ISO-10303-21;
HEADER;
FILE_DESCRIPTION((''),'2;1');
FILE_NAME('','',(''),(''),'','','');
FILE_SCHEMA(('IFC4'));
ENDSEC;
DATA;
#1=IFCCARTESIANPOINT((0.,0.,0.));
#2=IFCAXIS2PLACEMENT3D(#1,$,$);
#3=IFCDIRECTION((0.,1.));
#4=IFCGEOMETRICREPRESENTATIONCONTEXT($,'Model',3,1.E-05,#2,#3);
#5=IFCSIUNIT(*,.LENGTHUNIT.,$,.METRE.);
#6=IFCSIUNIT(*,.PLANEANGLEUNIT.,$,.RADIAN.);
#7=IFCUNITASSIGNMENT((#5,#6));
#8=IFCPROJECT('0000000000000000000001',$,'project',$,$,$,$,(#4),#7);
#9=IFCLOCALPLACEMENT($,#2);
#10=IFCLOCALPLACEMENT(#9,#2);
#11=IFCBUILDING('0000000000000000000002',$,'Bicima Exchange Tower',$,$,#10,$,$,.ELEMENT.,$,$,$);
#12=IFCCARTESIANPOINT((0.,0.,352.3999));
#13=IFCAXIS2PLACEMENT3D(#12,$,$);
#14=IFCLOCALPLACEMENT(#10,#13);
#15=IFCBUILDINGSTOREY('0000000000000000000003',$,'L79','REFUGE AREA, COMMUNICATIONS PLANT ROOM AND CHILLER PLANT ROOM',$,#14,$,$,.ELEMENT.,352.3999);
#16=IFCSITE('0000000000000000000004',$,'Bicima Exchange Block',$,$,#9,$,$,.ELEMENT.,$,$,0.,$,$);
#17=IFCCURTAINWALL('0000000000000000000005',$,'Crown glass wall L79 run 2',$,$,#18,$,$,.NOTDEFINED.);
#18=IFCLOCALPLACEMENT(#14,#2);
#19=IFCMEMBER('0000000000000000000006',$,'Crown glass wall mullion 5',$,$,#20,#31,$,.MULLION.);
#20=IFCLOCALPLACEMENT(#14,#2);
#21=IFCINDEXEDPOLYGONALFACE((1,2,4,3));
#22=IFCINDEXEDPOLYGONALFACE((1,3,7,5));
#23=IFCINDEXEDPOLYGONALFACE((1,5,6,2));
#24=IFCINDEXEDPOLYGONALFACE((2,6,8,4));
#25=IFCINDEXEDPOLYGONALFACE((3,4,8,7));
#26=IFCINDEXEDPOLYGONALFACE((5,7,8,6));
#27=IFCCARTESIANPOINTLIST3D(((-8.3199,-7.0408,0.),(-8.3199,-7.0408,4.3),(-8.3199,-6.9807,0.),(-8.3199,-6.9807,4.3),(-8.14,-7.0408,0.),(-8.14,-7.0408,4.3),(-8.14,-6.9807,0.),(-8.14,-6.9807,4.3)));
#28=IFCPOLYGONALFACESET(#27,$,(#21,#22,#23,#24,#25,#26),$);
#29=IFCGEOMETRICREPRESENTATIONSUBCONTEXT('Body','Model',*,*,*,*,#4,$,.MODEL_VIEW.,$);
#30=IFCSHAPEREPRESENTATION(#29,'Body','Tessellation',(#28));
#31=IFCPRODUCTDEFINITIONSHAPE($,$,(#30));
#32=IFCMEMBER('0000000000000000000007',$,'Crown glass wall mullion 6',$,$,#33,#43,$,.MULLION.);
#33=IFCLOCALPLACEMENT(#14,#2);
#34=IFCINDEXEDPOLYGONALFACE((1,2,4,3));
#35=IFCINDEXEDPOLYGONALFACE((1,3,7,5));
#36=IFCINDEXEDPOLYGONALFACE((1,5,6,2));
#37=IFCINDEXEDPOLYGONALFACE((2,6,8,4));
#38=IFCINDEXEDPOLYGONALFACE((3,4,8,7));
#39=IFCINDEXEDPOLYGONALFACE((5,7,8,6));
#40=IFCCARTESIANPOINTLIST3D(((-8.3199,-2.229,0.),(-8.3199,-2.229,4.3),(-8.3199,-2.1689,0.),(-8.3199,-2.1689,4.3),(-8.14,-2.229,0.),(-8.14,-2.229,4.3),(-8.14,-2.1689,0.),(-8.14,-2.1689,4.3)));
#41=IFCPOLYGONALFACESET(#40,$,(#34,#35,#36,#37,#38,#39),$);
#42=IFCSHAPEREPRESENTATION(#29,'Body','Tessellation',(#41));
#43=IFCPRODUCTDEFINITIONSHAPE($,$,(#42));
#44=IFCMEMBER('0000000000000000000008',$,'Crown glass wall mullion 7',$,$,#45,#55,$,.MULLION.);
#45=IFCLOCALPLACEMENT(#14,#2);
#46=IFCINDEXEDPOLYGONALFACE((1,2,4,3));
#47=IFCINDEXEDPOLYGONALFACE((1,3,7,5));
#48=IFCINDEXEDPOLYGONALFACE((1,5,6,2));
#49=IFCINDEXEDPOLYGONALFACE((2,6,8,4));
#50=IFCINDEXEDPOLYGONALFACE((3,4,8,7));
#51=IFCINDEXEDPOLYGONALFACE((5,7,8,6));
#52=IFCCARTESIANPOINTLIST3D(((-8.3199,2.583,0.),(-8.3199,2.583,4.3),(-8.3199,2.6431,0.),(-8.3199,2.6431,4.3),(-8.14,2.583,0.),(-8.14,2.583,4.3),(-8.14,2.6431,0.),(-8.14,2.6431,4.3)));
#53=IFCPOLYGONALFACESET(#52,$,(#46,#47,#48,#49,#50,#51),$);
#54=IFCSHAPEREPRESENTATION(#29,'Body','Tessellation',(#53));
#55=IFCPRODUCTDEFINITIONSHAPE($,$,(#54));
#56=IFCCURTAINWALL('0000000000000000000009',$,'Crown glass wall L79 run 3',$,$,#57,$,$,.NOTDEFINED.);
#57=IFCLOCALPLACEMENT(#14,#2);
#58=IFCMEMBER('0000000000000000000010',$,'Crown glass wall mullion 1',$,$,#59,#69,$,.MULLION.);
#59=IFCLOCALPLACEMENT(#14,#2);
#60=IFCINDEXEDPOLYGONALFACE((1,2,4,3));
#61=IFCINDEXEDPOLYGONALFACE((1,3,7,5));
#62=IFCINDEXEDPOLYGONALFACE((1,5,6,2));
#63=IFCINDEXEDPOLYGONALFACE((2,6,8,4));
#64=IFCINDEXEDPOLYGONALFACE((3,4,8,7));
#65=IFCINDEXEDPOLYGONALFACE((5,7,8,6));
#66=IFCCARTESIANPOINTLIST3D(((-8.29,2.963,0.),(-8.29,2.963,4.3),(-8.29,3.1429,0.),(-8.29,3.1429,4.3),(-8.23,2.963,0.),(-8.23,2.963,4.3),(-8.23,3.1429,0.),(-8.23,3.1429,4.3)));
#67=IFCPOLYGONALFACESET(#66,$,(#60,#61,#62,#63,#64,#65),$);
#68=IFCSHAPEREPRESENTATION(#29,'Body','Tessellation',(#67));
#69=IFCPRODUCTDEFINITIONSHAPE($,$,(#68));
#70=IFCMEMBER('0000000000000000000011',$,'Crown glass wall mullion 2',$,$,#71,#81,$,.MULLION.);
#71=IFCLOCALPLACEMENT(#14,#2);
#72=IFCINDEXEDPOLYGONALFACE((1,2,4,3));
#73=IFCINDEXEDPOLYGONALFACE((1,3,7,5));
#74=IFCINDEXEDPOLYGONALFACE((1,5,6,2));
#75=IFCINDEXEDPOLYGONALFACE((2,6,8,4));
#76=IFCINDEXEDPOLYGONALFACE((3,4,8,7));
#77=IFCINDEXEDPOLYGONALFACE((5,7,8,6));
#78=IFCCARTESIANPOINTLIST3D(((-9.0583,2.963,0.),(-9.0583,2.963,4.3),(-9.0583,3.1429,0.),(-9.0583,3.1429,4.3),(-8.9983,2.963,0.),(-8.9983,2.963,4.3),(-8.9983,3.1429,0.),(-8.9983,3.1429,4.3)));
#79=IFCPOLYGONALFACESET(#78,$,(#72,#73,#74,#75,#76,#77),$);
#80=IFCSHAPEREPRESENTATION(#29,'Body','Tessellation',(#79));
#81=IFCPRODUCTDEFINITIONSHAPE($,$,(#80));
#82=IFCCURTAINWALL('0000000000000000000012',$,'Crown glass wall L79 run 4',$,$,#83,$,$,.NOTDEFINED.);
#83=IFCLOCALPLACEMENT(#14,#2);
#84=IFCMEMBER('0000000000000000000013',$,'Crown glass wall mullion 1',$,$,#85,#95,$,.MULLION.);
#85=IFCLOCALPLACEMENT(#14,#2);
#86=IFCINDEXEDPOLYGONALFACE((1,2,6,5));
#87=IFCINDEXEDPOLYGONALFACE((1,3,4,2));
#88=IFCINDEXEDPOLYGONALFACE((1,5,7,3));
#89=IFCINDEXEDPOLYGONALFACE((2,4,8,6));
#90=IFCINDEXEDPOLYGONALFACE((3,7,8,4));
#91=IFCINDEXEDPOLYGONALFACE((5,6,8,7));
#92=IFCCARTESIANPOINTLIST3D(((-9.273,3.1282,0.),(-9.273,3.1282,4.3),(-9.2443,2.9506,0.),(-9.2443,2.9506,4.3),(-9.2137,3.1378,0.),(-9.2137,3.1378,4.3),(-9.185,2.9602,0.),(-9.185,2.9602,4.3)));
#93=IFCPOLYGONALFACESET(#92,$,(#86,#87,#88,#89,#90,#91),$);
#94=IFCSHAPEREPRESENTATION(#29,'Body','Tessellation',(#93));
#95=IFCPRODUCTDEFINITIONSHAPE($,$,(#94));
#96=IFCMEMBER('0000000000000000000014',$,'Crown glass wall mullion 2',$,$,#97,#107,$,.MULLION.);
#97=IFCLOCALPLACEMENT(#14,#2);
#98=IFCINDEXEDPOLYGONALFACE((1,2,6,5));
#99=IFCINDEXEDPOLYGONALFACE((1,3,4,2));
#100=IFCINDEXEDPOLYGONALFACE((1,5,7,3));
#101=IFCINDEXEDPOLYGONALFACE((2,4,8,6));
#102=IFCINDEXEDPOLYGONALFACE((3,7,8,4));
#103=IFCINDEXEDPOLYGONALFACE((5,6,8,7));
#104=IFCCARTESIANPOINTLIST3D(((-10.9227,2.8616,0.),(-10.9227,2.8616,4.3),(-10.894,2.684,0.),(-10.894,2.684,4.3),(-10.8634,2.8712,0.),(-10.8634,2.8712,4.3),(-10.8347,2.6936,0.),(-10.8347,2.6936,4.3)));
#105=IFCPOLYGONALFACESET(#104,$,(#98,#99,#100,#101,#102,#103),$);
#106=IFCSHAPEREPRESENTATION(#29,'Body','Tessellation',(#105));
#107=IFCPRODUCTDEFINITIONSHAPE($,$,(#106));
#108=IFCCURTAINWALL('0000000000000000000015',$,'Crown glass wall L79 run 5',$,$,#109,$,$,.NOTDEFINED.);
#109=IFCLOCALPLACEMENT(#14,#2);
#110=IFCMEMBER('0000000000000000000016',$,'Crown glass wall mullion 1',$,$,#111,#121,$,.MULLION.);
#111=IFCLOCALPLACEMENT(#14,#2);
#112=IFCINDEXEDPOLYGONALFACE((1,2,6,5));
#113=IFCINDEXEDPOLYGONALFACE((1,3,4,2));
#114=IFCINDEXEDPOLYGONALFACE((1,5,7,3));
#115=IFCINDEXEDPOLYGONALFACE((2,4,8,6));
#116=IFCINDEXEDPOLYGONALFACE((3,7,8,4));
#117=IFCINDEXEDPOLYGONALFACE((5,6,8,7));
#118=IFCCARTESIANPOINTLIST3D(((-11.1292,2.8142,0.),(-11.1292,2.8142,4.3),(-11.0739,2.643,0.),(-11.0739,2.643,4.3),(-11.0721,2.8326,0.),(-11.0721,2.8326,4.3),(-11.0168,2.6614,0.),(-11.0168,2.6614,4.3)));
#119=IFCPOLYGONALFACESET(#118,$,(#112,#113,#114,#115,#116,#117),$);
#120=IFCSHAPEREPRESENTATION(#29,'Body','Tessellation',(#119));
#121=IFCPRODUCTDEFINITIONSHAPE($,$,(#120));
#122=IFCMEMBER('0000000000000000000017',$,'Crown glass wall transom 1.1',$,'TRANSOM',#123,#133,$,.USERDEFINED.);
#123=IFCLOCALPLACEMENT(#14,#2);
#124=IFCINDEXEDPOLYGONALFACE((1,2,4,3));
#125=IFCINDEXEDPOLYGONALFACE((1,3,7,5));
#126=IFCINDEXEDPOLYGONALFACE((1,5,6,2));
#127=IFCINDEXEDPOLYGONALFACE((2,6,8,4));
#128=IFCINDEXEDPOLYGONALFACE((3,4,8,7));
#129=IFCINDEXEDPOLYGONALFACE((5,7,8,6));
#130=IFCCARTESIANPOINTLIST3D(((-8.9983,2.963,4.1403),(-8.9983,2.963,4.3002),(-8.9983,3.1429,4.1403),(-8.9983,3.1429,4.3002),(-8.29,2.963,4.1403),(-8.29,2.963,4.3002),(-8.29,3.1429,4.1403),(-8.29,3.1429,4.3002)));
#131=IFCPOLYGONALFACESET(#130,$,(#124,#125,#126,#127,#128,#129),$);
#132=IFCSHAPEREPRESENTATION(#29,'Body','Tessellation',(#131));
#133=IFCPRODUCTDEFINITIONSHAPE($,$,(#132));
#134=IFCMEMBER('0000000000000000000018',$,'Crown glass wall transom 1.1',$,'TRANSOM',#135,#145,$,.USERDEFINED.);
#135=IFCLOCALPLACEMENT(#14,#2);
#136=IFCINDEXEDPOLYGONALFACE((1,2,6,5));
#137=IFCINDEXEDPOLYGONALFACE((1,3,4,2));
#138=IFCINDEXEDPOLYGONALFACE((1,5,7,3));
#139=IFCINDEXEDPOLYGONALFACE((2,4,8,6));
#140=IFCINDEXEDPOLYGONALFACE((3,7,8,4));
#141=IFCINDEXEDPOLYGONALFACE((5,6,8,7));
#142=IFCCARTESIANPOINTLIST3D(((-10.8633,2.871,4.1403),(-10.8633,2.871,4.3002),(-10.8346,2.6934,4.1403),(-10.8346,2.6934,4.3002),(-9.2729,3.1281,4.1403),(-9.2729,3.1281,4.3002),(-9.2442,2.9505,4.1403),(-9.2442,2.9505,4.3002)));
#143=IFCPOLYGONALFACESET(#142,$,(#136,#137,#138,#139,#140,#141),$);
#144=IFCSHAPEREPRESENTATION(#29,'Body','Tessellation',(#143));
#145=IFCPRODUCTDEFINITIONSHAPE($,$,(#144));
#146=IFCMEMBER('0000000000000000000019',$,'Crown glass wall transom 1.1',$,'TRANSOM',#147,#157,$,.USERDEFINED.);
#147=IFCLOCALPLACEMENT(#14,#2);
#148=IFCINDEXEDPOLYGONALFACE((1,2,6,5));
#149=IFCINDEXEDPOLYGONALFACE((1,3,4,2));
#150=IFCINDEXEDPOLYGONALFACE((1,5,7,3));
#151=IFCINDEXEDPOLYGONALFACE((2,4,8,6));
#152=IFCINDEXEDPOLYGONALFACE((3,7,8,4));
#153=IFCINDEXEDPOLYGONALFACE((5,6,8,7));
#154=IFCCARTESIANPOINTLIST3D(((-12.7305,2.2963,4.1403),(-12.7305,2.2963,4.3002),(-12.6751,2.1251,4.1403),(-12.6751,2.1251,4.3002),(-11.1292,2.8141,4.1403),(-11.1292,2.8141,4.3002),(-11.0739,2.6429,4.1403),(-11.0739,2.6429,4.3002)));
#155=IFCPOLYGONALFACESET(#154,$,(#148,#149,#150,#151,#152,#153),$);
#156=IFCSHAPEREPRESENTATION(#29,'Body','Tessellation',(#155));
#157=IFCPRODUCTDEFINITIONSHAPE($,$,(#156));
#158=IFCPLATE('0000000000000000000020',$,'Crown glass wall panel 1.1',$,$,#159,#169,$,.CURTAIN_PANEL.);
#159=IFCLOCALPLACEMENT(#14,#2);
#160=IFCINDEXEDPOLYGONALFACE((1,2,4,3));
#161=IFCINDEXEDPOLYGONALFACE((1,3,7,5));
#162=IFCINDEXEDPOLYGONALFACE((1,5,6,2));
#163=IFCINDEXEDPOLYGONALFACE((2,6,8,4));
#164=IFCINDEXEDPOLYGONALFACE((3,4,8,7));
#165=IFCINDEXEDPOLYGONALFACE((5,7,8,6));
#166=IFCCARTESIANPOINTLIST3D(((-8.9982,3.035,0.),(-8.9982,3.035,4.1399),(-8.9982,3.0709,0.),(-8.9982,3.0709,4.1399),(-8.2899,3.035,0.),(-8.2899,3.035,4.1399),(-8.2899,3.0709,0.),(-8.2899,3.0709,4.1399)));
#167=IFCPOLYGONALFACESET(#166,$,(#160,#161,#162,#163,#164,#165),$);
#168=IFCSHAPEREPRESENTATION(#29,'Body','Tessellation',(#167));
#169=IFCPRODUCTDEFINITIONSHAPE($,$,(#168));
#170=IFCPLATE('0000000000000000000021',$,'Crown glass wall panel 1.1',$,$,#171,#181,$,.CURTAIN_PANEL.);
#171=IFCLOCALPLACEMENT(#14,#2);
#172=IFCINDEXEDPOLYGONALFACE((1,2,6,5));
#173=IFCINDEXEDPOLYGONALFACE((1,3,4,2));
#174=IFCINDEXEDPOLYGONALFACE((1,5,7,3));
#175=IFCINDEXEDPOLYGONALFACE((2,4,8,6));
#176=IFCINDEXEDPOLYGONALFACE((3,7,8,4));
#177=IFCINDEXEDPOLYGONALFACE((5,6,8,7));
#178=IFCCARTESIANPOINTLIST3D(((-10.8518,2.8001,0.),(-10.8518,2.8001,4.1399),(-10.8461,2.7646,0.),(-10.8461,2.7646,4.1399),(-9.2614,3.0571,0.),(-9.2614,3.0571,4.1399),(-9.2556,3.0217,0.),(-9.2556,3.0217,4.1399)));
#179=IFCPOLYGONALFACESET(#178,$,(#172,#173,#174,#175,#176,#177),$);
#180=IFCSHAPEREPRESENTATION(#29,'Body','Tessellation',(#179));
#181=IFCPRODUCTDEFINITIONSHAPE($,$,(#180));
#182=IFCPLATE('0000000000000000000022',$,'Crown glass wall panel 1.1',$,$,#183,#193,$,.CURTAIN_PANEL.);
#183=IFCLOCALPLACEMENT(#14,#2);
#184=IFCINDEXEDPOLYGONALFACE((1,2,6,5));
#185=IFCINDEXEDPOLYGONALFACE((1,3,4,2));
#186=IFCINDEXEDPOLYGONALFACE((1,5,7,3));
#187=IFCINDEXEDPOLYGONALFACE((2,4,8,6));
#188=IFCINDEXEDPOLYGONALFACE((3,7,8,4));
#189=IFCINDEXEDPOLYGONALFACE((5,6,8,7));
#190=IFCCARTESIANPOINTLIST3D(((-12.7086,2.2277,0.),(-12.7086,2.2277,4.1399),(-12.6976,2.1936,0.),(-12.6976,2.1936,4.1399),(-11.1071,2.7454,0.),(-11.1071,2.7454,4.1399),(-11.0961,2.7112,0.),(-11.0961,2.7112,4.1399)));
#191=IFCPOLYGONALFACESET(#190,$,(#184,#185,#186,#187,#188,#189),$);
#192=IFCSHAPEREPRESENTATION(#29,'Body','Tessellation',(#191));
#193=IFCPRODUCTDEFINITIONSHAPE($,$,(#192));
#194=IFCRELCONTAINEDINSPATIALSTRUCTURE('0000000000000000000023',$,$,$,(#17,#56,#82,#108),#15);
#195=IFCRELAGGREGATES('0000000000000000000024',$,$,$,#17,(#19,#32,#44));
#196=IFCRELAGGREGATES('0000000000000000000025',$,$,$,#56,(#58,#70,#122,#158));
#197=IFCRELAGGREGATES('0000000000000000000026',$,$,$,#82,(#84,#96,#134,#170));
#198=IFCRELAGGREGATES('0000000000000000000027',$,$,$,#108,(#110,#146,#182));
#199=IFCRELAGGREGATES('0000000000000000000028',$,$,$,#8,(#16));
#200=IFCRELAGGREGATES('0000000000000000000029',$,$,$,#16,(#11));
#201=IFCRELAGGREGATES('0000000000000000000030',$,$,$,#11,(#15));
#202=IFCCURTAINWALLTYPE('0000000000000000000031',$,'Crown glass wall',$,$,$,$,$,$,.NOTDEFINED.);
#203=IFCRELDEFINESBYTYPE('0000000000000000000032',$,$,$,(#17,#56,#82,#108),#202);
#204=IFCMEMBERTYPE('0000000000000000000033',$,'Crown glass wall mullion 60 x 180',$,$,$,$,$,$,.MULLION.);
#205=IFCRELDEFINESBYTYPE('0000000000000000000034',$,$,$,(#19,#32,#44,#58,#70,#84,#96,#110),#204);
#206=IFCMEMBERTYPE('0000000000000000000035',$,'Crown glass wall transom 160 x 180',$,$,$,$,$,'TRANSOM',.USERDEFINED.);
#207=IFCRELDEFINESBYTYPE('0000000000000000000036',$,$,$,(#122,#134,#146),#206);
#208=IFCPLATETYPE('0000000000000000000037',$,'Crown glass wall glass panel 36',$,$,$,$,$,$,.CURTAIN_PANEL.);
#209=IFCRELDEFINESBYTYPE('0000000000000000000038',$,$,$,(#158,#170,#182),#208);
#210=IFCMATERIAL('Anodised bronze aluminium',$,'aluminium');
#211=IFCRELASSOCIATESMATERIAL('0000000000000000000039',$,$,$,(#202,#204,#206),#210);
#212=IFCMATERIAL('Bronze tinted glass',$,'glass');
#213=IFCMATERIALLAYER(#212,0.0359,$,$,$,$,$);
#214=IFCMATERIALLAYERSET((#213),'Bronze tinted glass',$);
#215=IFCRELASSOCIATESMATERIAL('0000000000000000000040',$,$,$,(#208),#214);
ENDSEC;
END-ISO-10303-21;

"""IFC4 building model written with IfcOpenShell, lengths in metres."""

from ifc_helpers import new_model, si_unit, direction, frame, origin, origin_2d, place, context, subcontext, project, spatial, rectangle, extrude, material, layer, layer_set, material_profile, profile_set, type_object, element, aggregate, save


model = new_model("IFC4")

# Units and contexts
model_context = context("Model", 3, precision=1e-05, world=origin(), true_north=direction((0.0, 1.0)))
body_context = subcontext(model_context, "Body", "Model", "MODEL_VIEW")
ifc_project = project(units=[si_unit("LENGTHUNIT", "METRE"), si_unit("PLANEANGLEUNIT", "RADIAN")], contexts=[model_context])

# Site, building, storey
site_placement = place(None, origin())
site = spatial("IfcSite", under=ifc_project, at=site_placement, Name="Bicima Exchange Block", CompositionType="ELEMENT", RefElevation=0.0)
building_placement = place(site_placement, origin())
building = spatial("IfcBuilding", under=site, at=building_placement, Name="Bicima Exchange Tower", CompositionType="ELEMENT")
storey_placement = place(building_placement, frame((0.0, 0.0, 352.3999)))
storey = spatial("IfcBuildingStorey", under=building, at=storey_placement, Name="L79", Description="REFUGE AREA, COMMUNICATIONS PLANT ROOM AND CHILLER PLANT ROOM", CompositionType="ELEMENT", Elevation=352.3999)

# Curtain walls, members
ifc_material_1 = material(Name="Anodised bronze aluminium", Category="aluminium")
curtain_wall_type = type_object("IfcCurtainWallType", Name="Crown glass wall", PredefinedType="NOTDEFINED", material=ifc_material_1)
curtain_wall_1_placement = place(storey_placement, origin())
curtain_wall_1 = element("IfcCurtainWall", 1, at=curtain_wall_1_placement, inside=storey, type_object=curtain_wall_type, Name="Crown glass wall L79 run 2", PredefinedType="NOTDEFINED")
ifc_material_profile_1 = material_profile(ifc_material_1, rectangle(XDim=0.1799, YDim=0.0601, at=origin_2d()))
ifc_profile_set_1 = profile_set([ifc_material_profile_1], Name="Anodised bronze aluminium")
member_type_1 = type_object("IfcMemberType", Name="Crown glass wall mullion 60 x 180", PredefinedType="MULLION", material=ifc_profile_set_1)
member_1_placement = place(storey_placement, frame((-8.23, -7.0107, 0.0), z_axis=(0.0, 0.0, 1.0), x_axis=(-1.0, 0.0, 0.0)))
member_1 = element("IfcMember", 2, at=member_1_placement, type_object=member_type_1, Name="Crown glass wall mullion 5", PredefinedType="MULLION", context=body_context, shape_type="SweptSolid", body=[
    extrude(rectangle(XDim=0.1799, YDim=0.0601, at=origin_2d()), origin(), (0.0, 0.0, 1.0), 4.3),
])
member_2_placement = place(storey_placement, frame((-8.23, -2.199, 0.0), z_axis=(0.0, 0.0, 1.0), x_axis=(-1.0, 0.0, 0.0)))
member_2 = element("IfcMember", 3, at=member_2_placement, type_object=member_type_1, Name="Crown glass wall mullion 6", PredefinedType="MULLION", context=body_context, shape_type="SweptSolid", body=[
    extrude(rectangle(XDim=0.1799, YDim=0.0601, at=origin_2d()), origin(), (0.0, 0.0, 1.0), 4.3),
])
member_3_placement = place(storey_placement, frame((-8.23, 2.613, 0.0), z_axis=(0.0, 0.0, 1.0), x_axis=(-1.0, 0.0, 0.0)))
member_3 = element("IfcMember", 4, at=member_3_placement, type_object=member_type_1, Name="Crown glass wall mullion 7", PredefinedType="MULLION", context=body_context, shape_type="SweptSolid", body=[
    extrude(rectangle(XDim=0.1799, YDim=0.0601, at=origin_2d()), origin(), (0.0, 0.0, 1.0), 4.3),
])
aggregate(curtain_wall_1, [member_1, member_2, member_3])
curtain_wall_2_placement = place(storey_placement, origin())
curtain_wall_2 = element("IfcCurtainWall", 5, at=curtain_wall_2_placement, inside=storey, type_object=curtain_wall_type, Name="Crown glass wall L79 run 3", PredefinedType="NOTDEFINED")
member_4_placement = place(storey_placement, frame((-8.26, 3.053, 0.0), z_axis=(0.0, 0.0, 1.0), x_axis=(0.0, -1.0, 0.0)))
member_4 = element("IfcMember", 6, at=member_4_placement, type_object=member_type_1, Name="Crown glass wall mullion 1", PredefinedType="MULLION", context=body_context, shape_type="SweptSolid", body=[
    extrude(rectangle(XDim=0.1799, YDim=0.0601, at=origin_2d()), origin(), (0.0, 0.0, 1.0), 4.3),
])
member_5_placement = place(storey_placement, frame((-9.0283, 3.053, 0.0), z_axis=(0.0, 0.0, 1.0), x_axis=(0.0, -1.0, 0.0)))
member_5 = element("IfcMember", 7, at=member_5_placement, type_object=member_type_1, Name="Crown glass wall mullion 2", PredefinedType="MULLION", context=body_context, shape_type="SweptSolid", body=[
    extrude(rectangle(XDim=0.1799, YDim=0.0601, at=origin_2d()), origin(), (0.0, 0.0, 1.0), 4.3),
])
curtain_wall_3_placement = place(storey_placement, origin())
curtain_wall_3 = element("IfcCurtainWall", 8, at=curtain_wall_3_placement, inside=storey, type_object=curtain_wall_type, Name="Crown glass wall L79 run 4", PredefinedType="NOTDEFINED")
member_6_placement = place(storey_placement, frame((-9.229, 3.0442, 0.0), z_axis=(0.0, 0.0, 1.0), x_axis=(0.15955, -0.98719, 0.0)))
member_6 = element("IfcMember", 9, at=member_6_placement, type_object=member_type_1, Name="Crown glass wall mullion 1", PredefinedType="MULLION", context=body_context, shape_type="SweptSolid", body=[
    extrude(rectangle(XDim=0.1799, YDim=0.0601, at=origin_2d()), origin(), (0.0, 0.0, 1.0), 4.3),
])
member_7_placement = place(storey_placement, frame((-10.8787, 2.7776, 0.0), z_axis=(0.0, 0.0, 1.0), x_axis=(0.15955, -0.98719, 0.0)))
member_7 = element("IfcMember", 10, at=member_7_placement, type_object=member_type_1, Name="Crown glass wall mullion 2", PredefinedType="MULLION", context=body_context, shape_type="SweptSolid", body=[
    extrude(rectangle(XDim=0.1799, YDim=0.0601, at=origin_2d()), origin(), (0.0, 0.0, 1.0), 4.3),
])

# Curtain wall, member
curtain_wall_4_placement = place(storey_placement, origin())
curtain_wall_4 = element("IfcCurtainWall", 11, at=curtain_wall_4_placement, inside=storey, type_object=curtain_wall_type, Name="Crown glass wall L79 run 5", PredefinedType="NOTDEFINED")
member_8_placement = place(storey_placement, frame((-11.073, 2.7378, 0.0), z_axis=(0.0, 0.0, 1.0), x_axis=(0.307573, -0.951525, 0.0)))
member_8 = element("IfcMember", 12, at=member_8_placement, type_object=member_type_1, Name="Crown glass wall mullion 1", PredefinedType="MULLION", context=body_context, shape_type="SweptSolid", body=[
    extrude(rectangle(XDim=0.1799, YDim=0.0601, at=origin_2d()), origin(), (0.0, 0.0, 1.0), 4.3),
])

# Members
ifc_material_profile_2 = material_profile(ifc_material_1, rectangle(XDim=0.1799, YDim=0.1599, at=origin_2d()))
ifc_profile_set_2 = profile_set([ifc_material_profile_2], Name="Anodised bronze aluminium")
member_type_2 = type_object("IfcMemberType", Name="Crown glass wall transom 160 x 180", ElementType="TRANSOM", PredefinedType="USERDEFINED", material=ifc_profile_set_2)
member_9_placement = place(storey_placement, frame((-8.29, 3.053, 4.2202), z_axis=(-1.0, 0.0, 0.0), x_axis=(0.0, -1.0, 0.0)))
member_9 = element("IfcMember", 13, at=member_9_placement, type_object=member_type_2, Name="Crown glass wall transom 1.1", ObjectType="TRANSOM", PredefinedType="USERDEFINED", context=body_context, shape_type="SweptSolid", body=[
    extrude(rectangle(XDim=0.1799, YDim=0.1599, at=origin_2d()), origin(), (0.0, 0.0, 1.0), 0.7083),
])
member_10_placement = place(storey_placement, frame((-9.2585, 3.0393, 4.2202), z_axis=(-0.987185, -0.15958, 0.0), x_axis=(0.15958, -0.987185, 0.0)))
member_10 = element("IfcMember", 14, at=member_10_placement, type_object=member_type_2, Name="Crown glass wall transom 1.1", ObjectType="TRANSOM", PredefinedType="USERDEFINED", context=body_context, shape_type="SweptSolid", body=[
    extrude(rectangle(XDim=0.1799, YDim=0.1599, at=origin_2d()), origin(), (0.0, 0.0, 1.0), 1.6111),
])
member_11_placement = place(storey_placement, frame((-11.1016, 2.7285, 4.2202), z_axis=(-0.951488, -0.307685, 0.0), x_axis=(0.307685, -0.951488, 0.0)))
member_11 = element("IfcMember", 15, at=member_11_placement, type_object=member_type_2, Name="Crown glass wall transom 1.1", ObjectType="TRANSOM", PredefinedType="USERDEFINED", context=body_context, shape_type="SweptSolid", body=[
    extrude(rectangle(XDim=0.1799, YDim=0.1599, at=origin_2d()), origin(), (0.0, 0.0, 1.0), 1.6829),
])

# Plates
ifc_material_2 = material(Name="Bronze tinted glass", Category="glass")
ifc_layer_1 = layer(ifc_material_2, 0.0359)
ifc_layer_set_1 = layer_set([ifc_layer_1], Name="Bronze tinted glass")
plate_type = type_object("IfcPlateType", Name="Crown glass wall glass panel 36", PredefinedType="CURTAIN_PANEL", material=ifc_layer_set_1)
plate_1_placement = place(storey_placement, frame((-8.644, 3.053, 0.0), z_axis=(0.0, 0.0, 1.0), x_axis=(-1.0, 0.0, 0.0)))
plate_1 = element("IfcPlate", 16, at=plate_1_placement, type_object=plate_type, Name="Crown glass wall panel 1.1", PredefinedType="CURTAIN_PANEL", context=body_context, shape_type="SweptSolid", body=[
    extrude(rectangle(XDim=0.7083, YDim=0.0359, at=origin_2d()), origin(), (0.0, 0.0, 1.0), 4.1399),
])
aggregate(curtain_wall_2, [member_4, member_5, member_9, plate_1])
plate_2_placement = place(storey_placement, frame((-10.0537, 2.9109, 0.0), z_axis=(0.0, 0.0, 1.0), x_axis=(-0.98719, -0.15955, 0.0)))
plate_2 = element("IfcPlate", 17, at=plate_2_placement, type_object=plate_type, Name="Crown glass wall panel 1.1", PredefinedType="CURTAIN_PANEL", context=body_context, shape_type="SweptSolid", body=[
    extrude(rectangle(XDim=1.6111, YDim=0.0359, at=origin_2d()), origin(), (0.0, 0.0, 1.0), 4.1399),
])
aggregate(curtain_wall_3, [member_6, member_7, member_10, plate_2])
plate_3_placement = place(storey_placement, frame((-11.9023, 2.4695, 0.0), z_axis=(0.0, 0.0, 1.0), x_axis=(-0.951525, -0.307573, 0.0)))
plate_3 = element("IfcPlate", 18, at=plate_3_placement, type_object=plate_type, Name="Crown glass wall panel 1.1", PredefinedType="CURTAIN_PANEL", context=body_context, shape_type="SweptSolid", body=[
    extrude(rectangle(XDim=1.6831, YDim=0.0359, at=origin_2d()), origin(), (0.0, 0.0, 1.0), 4.1399),
])
aggregate(curtain_wall_4, [member_8, member_11, plate_3])

save(model, "model.ifc")
